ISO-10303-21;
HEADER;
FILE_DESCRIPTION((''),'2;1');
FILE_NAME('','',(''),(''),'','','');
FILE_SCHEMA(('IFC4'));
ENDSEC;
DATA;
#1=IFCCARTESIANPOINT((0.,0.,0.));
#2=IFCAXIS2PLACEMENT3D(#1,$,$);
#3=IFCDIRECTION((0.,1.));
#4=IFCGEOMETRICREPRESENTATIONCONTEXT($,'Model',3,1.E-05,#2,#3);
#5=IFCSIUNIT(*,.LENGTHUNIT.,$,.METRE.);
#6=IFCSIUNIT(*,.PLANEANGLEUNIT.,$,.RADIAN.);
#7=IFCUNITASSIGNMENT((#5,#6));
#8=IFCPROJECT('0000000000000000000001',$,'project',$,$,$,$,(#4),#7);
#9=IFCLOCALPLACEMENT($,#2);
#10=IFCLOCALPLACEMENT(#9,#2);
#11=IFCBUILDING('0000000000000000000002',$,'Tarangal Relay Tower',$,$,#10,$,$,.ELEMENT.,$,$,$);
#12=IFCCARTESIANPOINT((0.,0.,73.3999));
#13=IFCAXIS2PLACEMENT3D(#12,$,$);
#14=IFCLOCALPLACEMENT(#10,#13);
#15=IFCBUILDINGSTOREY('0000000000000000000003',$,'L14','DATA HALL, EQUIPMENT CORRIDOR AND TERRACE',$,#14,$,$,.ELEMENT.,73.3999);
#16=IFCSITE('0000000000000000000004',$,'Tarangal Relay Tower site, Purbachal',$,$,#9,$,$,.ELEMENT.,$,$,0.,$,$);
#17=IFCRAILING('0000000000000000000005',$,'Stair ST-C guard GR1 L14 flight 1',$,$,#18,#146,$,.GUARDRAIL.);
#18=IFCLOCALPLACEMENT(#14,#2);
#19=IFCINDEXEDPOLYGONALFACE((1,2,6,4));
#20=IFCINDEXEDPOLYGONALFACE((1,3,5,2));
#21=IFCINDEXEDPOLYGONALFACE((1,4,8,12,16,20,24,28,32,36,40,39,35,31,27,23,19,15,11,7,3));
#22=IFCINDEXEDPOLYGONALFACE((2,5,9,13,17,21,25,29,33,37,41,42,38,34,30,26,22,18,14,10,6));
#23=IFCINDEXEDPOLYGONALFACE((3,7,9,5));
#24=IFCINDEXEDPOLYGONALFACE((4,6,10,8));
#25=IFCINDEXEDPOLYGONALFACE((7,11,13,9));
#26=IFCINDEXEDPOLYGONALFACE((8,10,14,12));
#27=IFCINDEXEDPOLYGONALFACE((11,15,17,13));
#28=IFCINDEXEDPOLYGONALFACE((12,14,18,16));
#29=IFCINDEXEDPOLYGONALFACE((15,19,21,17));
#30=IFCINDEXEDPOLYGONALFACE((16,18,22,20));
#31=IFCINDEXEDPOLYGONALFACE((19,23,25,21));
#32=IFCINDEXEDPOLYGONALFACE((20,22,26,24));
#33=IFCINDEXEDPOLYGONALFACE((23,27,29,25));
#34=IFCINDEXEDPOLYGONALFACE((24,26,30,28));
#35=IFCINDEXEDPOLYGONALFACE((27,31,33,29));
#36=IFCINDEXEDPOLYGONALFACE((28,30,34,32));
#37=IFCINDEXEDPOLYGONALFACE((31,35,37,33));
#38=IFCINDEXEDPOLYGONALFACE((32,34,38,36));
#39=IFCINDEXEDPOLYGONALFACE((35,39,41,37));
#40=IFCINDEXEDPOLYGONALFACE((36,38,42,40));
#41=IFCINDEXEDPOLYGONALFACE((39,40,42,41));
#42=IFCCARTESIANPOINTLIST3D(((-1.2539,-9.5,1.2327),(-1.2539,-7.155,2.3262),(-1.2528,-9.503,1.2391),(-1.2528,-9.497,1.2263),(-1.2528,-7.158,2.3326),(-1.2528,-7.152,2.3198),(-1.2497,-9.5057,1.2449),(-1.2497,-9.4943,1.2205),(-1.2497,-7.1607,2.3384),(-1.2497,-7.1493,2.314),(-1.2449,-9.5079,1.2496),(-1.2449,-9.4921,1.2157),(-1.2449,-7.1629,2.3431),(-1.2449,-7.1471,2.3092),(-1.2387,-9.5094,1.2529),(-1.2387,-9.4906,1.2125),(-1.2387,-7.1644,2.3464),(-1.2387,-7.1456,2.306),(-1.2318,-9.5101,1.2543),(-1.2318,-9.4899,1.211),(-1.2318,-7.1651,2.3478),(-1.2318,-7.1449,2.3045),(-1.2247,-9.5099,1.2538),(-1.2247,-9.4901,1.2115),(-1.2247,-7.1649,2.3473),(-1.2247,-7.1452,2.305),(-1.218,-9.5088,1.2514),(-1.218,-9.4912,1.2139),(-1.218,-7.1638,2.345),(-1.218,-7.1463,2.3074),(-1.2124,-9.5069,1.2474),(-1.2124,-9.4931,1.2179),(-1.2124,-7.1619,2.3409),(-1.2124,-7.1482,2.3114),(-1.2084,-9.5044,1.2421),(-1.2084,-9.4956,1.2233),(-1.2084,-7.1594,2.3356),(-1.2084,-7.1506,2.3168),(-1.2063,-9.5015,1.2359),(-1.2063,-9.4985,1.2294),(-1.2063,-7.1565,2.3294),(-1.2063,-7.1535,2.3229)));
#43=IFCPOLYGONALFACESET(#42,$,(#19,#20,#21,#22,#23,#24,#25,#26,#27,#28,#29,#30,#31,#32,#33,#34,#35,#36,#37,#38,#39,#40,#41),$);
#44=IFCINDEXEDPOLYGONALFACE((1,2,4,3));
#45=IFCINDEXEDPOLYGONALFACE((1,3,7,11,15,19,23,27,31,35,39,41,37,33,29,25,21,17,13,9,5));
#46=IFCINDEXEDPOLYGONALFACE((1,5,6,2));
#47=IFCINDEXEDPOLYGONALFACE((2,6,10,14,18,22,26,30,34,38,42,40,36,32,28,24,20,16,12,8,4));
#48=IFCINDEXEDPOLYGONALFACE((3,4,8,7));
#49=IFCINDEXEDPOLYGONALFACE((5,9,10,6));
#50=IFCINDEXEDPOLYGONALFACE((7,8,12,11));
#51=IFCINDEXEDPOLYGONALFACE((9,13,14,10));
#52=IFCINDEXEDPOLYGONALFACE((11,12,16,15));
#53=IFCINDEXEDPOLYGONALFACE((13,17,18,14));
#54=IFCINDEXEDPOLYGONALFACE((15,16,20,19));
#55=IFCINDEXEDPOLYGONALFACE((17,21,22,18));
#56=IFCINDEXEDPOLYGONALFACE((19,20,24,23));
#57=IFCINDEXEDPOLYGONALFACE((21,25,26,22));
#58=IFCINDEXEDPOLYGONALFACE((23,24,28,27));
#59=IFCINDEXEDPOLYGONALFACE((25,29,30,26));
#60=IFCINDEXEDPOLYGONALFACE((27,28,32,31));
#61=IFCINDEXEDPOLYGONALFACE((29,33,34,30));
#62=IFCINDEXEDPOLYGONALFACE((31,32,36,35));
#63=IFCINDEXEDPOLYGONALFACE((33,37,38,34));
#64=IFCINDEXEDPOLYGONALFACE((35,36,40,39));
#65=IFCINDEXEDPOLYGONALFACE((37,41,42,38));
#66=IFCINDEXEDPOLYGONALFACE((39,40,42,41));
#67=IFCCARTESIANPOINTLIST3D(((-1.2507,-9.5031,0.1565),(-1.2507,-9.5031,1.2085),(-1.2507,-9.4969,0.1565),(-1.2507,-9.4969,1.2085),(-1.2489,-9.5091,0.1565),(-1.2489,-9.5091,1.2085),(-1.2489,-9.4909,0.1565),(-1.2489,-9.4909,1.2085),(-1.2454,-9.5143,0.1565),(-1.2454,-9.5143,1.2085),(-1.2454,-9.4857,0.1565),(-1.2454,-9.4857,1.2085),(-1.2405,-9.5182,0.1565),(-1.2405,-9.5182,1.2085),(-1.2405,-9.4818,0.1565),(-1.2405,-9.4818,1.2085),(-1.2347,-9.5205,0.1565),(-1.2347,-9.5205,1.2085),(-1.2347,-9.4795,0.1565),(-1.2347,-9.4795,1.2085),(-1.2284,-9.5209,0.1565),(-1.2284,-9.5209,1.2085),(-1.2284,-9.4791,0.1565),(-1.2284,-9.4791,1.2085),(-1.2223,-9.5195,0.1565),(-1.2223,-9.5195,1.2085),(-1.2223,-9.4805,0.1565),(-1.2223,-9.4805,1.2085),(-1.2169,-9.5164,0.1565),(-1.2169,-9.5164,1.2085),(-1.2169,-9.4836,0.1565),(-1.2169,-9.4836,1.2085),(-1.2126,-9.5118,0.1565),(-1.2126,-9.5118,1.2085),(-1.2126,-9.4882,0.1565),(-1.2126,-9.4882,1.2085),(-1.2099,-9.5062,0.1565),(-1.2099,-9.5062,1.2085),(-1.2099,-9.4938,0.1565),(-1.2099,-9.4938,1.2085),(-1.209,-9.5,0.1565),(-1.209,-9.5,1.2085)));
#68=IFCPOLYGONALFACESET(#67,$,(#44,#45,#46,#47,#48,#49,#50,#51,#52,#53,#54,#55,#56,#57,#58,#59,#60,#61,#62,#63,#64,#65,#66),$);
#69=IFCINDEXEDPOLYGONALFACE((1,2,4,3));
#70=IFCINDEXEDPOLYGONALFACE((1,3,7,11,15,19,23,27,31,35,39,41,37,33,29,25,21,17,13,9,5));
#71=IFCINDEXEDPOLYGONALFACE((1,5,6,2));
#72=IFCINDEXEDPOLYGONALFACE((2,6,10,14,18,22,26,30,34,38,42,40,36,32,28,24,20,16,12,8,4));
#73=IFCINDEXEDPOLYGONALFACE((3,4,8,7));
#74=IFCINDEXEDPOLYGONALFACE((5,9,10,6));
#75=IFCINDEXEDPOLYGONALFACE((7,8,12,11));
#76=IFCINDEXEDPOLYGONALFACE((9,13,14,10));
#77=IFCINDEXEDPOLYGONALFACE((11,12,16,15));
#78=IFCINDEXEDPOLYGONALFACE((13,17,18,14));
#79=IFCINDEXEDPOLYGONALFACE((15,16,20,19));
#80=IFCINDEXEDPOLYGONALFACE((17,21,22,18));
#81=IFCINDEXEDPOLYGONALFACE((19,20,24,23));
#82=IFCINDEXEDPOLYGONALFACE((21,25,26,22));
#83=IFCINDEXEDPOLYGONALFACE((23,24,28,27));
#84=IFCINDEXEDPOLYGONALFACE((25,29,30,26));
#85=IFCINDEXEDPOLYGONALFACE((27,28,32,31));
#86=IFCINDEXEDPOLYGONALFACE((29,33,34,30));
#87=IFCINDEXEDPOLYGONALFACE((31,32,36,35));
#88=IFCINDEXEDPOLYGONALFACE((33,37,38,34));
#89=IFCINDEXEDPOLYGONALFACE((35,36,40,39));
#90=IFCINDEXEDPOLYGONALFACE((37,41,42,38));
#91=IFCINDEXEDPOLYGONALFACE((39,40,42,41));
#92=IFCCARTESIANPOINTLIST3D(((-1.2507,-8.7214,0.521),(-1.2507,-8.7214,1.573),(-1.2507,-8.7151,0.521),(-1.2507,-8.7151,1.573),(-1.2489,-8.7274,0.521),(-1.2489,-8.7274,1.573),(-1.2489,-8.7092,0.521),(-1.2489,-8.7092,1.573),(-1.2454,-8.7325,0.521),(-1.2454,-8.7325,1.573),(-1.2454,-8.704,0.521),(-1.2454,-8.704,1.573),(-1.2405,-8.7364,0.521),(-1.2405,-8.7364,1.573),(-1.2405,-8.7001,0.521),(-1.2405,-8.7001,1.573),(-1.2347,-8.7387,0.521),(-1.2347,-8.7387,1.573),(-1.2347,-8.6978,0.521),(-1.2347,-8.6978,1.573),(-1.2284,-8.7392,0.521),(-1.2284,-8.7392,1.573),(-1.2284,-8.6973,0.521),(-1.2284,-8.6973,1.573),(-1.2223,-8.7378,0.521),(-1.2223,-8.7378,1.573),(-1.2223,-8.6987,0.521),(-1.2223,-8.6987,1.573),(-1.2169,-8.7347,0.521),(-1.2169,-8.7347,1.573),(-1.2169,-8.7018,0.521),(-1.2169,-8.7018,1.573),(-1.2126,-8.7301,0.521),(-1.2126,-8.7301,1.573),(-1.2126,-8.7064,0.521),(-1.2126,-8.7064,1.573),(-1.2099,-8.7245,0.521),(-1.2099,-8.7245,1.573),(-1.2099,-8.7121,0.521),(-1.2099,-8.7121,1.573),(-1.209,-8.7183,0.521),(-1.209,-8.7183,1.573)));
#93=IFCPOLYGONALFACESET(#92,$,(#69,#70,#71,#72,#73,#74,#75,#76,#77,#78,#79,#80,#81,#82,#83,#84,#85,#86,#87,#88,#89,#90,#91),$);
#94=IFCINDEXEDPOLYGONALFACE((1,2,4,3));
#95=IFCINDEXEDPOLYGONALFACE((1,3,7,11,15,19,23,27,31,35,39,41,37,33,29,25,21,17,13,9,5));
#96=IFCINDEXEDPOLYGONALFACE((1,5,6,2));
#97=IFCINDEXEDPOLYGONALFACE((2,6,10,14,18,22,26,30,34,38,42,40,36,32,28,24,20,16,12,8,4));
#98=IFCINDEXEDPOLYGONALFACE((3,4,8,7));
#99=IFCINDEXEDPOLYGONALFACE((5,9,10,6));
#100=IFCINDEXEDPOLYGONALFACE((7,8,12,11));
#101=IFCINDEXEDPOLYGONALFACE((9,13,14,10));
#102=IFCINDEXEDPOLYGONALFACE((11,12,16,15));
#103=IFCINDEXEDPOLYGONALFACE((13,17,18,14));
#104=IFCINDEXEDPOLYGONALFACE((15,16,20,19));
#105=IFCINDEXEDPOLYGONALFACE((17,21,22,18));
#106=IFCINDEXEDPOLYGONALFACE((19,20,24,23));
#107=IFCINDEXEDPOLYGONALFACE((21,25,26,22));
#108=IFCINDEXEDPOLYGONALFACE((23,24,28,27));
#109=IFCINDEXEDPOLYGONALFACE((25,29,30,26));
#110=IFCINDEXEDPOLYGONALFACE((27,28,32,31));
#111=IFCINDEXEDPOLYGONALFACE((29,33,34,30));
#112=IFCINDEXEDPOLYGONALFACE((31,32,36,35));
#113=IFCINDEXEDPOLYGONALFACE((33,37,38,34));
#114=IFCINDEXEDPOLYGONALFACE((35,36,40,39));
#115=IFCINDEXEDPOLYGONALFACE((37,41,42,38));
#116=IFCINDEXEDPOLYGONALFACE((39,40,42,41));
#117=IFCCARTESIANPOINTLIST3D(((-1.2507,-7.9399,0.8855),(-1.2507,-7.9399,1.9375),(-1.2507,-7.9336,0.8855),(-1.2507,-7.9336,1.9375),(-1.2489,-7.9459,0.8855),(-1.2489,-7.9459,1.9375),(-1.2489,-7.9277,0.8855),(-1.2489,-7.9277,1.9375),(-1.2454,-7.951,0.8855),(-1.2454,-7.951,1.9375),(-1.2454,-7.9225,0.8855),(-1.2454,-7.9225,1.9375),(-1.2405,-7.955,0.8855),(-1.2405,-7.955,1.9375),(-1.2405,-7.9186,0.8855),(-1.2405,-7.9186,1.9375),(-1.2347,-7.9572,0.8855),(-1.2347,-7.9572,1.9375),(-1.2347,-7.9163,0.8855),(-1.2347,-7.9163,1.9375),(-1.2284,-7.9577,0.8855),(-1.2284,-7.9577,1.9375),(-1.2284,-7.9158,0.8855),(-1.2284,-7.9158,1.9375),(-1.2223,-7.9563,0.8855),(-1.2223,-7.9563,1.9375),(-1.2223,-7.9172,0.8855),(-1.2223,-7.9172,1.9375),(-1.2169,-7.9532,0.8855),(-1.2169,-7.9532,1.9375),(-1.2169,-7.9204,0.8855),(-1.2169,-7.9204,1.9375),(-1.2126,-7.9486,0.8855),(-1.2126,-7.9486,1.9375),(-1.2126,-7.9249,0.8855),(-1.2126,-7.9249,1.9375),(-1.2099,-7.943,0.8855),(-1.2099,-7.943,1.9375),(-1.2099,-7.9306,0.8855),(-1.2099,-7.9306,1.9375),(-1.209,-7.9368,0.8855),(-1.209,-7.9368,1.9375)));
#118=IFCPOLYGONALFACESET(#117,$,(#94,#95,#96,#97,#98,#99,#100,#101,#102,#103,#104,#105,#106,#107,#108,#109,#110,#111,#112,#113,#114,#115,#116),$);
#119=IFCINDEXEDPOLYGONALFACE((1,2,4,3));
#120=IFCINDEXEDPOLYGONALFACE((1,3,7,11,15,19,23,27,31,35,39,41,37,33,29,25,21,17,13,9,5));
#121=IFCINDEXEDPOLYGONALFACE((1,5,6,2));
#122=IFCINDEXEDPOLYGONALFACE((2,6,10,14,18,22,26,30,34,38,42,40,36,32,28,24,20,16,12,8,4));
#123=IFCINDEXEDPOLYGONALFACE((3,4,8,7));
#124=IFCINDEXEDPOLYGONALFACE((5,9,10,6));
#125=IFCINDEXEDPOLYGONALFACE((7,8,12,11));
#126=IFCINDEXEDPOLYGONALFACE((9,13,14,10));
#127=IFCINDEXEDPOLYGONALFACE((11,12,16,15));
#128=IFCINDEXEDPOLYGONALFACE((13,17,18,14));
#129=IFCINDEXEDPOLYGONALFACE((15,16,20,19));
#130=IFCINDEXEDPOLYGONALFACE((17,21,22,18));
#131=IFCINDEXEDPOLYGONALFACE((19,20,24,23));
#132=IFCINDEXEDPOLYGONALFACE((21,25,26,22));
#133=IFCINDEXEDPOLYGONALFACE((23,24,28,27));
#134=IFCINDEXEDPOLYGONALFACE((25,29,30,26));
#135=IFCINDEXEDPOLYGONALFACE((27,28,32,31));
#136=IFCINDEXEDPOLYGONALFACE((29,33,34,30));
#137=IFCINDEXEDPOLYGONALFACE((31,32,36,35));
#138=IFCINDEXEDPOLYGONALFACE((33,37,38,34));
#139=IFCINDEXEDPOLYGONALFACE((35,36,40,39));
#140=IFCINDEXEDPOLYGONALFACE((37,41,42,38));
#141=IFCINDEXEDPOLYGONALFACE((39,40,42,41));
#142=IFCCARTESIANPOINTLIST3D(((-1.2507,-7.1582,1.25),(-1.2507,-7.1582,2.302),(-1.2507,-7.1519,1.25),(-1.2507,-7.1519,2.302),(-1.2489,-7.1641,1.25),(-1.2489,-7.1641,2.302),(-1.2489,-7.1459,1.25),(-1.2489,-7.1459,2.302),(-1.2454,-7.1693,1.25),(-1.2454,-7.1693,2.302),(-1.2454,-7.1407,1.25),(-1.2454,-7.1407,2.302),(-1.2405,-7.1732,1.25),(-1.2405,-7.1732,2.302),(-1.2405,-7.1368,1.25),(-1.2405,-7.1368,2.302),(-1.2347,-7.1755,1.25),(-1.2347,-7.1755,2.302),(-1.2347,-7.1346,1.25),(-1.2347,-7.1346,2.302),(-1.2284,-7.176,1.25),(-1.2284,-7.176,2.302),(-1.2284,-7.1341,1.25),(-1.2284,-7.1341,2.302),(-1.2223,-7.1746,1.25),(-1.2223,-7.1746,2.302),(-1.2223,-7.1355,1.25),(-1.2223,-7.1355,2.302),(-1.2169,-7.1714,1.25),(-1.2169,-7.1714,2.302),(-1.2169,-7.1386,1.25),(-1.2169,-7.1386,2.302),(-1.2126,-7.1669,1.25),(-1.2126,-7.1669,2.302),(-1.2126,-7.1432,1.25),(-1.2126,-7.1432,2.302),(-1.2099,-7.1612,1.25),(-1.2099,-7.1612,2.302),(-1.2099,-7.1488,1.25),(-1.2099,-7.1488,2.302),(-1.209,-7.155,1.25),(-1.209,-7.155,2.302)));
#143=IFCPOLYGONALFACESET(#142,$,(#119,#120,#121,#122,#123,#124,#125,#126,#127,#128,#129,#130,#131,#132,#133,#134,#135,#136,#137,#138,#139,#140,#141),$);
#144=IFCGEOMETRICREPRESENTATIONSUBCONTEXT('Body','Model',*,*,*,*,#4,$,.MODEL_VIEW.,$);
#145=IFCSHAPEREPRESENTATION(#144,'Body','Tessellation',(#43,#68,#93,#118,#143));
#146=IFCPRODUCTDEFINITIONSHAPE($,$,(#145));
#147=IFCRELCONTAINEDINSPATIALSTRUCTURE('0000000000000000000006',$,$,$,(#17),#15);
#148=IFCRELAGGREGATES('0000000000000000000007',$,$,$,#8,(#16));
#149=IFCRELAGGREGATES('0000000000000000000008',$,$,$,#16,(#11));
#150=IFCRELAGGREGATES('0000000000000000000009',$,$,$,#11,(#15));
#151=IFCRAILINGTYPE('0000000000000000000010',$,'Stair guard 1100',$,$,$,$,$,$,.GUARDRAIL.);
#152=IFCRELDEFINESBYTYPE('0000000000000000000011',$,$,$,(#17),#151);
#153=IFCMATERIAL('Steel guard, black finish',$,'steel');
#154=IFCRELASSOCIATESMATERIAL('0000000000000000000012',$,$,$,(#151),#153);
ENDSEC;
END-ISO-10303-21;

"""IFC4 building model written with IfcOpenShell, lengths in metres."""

from ifc_helpers import new_model, si_unit, direction, frame, origin, origin_2d, place, context, subcontext, project, spatial, circle, extrude, material, type_object, element, save


model = new_model("IFC4")

# Units and contexts
model_context = context("Model", 3, precision=1e-05, world=origin(), true_north=direction((0.0, 1.0)))
body_context = subcontext(model_context, "Body", "Model", "MODEL_VIEW")
ifc_project = project(units=[si_unit("LENGTHUNIT", "METRE"), si_unit("PLANEANGLEUNIT", "RADIAN")], contexts=[model_context])

# Site, building, storey
site_placement = place(None, origin())
site = spatial("IfcSite", under=ifc_project, at=site_placement, Name="Tarangal Relay Tower site, Purbachal", CompositionType="ELEMENT", RefElevation=0.0)
building_placement = place(site_placement, origin())
building = spatial("IfcBuilding", under=site, at=building_placement, Name="Tarangal Relay Tower", CompositionType="ELEMENT")
storey_placement = place(building_placement, frame((0.0, 0.0, 73.3999)))
storey = spatial("IfcBuildingStorey", under=building, at=storey_placement, Name="L14", Description="DATA HALL, EQUIPMENT CORRIDOR AND TERRACE", CompositionType="ELEMENT", Elevation=73.3999)

# Railing
ifc_material_1 = material(Name="Steel guard, black finish", Category="steel")
railing_type_1 = type_object("IfcRailingType", Name="Stair guard 1100", PredefinedType="GUARDRAIL", material=ifc_material_1)
for number, where, name in (
    (1, (-1.23, -9.5, 0.1565), "Stair ST-C guard GR1 L14 flight 1"),
):
    element("IfcRailing", number, at=place(storey_placement, frame(where)), inside=storey, type_object=railing_type_1, Name=name, PredefinedType="GUARDRAIL", context=body_context, shape_type="SweptSolid", body=[
        extrude(circle(Radius=0.0239, at=origin_2d()), frame((0.0, 0.0, 1.0762), z_axis=(0.0, 0.906304, 0.422627), x_axis=(-1.0, 0.0, 0.0)), (0.0, 0.0, 1.0), 2.5874),
        extrude(circle(Radius=0.021, at=origin_2d()), origin(), (0.0, 0.0, 1.0), 1.052),
        extrude(circle(Radius=0.021, at=origin_2d()), frame((0.0, 0.7817, 0.3645)), (0.0, 0.0, 1.0), 1.052),
        extrude(circle(Radius=0.021, at=origin_2d()), frame((0.0, 1.5632, 0.729)), (0.0, 0.0, 1.0), 1.052),
        extrude(circle(Radius=0.021, at=origin_2d()), frame((0.0, 2.345, 1.0935)), (0.0, 0.0, 1.0), 1.052),
    ])

save(model, "model.ifc")
